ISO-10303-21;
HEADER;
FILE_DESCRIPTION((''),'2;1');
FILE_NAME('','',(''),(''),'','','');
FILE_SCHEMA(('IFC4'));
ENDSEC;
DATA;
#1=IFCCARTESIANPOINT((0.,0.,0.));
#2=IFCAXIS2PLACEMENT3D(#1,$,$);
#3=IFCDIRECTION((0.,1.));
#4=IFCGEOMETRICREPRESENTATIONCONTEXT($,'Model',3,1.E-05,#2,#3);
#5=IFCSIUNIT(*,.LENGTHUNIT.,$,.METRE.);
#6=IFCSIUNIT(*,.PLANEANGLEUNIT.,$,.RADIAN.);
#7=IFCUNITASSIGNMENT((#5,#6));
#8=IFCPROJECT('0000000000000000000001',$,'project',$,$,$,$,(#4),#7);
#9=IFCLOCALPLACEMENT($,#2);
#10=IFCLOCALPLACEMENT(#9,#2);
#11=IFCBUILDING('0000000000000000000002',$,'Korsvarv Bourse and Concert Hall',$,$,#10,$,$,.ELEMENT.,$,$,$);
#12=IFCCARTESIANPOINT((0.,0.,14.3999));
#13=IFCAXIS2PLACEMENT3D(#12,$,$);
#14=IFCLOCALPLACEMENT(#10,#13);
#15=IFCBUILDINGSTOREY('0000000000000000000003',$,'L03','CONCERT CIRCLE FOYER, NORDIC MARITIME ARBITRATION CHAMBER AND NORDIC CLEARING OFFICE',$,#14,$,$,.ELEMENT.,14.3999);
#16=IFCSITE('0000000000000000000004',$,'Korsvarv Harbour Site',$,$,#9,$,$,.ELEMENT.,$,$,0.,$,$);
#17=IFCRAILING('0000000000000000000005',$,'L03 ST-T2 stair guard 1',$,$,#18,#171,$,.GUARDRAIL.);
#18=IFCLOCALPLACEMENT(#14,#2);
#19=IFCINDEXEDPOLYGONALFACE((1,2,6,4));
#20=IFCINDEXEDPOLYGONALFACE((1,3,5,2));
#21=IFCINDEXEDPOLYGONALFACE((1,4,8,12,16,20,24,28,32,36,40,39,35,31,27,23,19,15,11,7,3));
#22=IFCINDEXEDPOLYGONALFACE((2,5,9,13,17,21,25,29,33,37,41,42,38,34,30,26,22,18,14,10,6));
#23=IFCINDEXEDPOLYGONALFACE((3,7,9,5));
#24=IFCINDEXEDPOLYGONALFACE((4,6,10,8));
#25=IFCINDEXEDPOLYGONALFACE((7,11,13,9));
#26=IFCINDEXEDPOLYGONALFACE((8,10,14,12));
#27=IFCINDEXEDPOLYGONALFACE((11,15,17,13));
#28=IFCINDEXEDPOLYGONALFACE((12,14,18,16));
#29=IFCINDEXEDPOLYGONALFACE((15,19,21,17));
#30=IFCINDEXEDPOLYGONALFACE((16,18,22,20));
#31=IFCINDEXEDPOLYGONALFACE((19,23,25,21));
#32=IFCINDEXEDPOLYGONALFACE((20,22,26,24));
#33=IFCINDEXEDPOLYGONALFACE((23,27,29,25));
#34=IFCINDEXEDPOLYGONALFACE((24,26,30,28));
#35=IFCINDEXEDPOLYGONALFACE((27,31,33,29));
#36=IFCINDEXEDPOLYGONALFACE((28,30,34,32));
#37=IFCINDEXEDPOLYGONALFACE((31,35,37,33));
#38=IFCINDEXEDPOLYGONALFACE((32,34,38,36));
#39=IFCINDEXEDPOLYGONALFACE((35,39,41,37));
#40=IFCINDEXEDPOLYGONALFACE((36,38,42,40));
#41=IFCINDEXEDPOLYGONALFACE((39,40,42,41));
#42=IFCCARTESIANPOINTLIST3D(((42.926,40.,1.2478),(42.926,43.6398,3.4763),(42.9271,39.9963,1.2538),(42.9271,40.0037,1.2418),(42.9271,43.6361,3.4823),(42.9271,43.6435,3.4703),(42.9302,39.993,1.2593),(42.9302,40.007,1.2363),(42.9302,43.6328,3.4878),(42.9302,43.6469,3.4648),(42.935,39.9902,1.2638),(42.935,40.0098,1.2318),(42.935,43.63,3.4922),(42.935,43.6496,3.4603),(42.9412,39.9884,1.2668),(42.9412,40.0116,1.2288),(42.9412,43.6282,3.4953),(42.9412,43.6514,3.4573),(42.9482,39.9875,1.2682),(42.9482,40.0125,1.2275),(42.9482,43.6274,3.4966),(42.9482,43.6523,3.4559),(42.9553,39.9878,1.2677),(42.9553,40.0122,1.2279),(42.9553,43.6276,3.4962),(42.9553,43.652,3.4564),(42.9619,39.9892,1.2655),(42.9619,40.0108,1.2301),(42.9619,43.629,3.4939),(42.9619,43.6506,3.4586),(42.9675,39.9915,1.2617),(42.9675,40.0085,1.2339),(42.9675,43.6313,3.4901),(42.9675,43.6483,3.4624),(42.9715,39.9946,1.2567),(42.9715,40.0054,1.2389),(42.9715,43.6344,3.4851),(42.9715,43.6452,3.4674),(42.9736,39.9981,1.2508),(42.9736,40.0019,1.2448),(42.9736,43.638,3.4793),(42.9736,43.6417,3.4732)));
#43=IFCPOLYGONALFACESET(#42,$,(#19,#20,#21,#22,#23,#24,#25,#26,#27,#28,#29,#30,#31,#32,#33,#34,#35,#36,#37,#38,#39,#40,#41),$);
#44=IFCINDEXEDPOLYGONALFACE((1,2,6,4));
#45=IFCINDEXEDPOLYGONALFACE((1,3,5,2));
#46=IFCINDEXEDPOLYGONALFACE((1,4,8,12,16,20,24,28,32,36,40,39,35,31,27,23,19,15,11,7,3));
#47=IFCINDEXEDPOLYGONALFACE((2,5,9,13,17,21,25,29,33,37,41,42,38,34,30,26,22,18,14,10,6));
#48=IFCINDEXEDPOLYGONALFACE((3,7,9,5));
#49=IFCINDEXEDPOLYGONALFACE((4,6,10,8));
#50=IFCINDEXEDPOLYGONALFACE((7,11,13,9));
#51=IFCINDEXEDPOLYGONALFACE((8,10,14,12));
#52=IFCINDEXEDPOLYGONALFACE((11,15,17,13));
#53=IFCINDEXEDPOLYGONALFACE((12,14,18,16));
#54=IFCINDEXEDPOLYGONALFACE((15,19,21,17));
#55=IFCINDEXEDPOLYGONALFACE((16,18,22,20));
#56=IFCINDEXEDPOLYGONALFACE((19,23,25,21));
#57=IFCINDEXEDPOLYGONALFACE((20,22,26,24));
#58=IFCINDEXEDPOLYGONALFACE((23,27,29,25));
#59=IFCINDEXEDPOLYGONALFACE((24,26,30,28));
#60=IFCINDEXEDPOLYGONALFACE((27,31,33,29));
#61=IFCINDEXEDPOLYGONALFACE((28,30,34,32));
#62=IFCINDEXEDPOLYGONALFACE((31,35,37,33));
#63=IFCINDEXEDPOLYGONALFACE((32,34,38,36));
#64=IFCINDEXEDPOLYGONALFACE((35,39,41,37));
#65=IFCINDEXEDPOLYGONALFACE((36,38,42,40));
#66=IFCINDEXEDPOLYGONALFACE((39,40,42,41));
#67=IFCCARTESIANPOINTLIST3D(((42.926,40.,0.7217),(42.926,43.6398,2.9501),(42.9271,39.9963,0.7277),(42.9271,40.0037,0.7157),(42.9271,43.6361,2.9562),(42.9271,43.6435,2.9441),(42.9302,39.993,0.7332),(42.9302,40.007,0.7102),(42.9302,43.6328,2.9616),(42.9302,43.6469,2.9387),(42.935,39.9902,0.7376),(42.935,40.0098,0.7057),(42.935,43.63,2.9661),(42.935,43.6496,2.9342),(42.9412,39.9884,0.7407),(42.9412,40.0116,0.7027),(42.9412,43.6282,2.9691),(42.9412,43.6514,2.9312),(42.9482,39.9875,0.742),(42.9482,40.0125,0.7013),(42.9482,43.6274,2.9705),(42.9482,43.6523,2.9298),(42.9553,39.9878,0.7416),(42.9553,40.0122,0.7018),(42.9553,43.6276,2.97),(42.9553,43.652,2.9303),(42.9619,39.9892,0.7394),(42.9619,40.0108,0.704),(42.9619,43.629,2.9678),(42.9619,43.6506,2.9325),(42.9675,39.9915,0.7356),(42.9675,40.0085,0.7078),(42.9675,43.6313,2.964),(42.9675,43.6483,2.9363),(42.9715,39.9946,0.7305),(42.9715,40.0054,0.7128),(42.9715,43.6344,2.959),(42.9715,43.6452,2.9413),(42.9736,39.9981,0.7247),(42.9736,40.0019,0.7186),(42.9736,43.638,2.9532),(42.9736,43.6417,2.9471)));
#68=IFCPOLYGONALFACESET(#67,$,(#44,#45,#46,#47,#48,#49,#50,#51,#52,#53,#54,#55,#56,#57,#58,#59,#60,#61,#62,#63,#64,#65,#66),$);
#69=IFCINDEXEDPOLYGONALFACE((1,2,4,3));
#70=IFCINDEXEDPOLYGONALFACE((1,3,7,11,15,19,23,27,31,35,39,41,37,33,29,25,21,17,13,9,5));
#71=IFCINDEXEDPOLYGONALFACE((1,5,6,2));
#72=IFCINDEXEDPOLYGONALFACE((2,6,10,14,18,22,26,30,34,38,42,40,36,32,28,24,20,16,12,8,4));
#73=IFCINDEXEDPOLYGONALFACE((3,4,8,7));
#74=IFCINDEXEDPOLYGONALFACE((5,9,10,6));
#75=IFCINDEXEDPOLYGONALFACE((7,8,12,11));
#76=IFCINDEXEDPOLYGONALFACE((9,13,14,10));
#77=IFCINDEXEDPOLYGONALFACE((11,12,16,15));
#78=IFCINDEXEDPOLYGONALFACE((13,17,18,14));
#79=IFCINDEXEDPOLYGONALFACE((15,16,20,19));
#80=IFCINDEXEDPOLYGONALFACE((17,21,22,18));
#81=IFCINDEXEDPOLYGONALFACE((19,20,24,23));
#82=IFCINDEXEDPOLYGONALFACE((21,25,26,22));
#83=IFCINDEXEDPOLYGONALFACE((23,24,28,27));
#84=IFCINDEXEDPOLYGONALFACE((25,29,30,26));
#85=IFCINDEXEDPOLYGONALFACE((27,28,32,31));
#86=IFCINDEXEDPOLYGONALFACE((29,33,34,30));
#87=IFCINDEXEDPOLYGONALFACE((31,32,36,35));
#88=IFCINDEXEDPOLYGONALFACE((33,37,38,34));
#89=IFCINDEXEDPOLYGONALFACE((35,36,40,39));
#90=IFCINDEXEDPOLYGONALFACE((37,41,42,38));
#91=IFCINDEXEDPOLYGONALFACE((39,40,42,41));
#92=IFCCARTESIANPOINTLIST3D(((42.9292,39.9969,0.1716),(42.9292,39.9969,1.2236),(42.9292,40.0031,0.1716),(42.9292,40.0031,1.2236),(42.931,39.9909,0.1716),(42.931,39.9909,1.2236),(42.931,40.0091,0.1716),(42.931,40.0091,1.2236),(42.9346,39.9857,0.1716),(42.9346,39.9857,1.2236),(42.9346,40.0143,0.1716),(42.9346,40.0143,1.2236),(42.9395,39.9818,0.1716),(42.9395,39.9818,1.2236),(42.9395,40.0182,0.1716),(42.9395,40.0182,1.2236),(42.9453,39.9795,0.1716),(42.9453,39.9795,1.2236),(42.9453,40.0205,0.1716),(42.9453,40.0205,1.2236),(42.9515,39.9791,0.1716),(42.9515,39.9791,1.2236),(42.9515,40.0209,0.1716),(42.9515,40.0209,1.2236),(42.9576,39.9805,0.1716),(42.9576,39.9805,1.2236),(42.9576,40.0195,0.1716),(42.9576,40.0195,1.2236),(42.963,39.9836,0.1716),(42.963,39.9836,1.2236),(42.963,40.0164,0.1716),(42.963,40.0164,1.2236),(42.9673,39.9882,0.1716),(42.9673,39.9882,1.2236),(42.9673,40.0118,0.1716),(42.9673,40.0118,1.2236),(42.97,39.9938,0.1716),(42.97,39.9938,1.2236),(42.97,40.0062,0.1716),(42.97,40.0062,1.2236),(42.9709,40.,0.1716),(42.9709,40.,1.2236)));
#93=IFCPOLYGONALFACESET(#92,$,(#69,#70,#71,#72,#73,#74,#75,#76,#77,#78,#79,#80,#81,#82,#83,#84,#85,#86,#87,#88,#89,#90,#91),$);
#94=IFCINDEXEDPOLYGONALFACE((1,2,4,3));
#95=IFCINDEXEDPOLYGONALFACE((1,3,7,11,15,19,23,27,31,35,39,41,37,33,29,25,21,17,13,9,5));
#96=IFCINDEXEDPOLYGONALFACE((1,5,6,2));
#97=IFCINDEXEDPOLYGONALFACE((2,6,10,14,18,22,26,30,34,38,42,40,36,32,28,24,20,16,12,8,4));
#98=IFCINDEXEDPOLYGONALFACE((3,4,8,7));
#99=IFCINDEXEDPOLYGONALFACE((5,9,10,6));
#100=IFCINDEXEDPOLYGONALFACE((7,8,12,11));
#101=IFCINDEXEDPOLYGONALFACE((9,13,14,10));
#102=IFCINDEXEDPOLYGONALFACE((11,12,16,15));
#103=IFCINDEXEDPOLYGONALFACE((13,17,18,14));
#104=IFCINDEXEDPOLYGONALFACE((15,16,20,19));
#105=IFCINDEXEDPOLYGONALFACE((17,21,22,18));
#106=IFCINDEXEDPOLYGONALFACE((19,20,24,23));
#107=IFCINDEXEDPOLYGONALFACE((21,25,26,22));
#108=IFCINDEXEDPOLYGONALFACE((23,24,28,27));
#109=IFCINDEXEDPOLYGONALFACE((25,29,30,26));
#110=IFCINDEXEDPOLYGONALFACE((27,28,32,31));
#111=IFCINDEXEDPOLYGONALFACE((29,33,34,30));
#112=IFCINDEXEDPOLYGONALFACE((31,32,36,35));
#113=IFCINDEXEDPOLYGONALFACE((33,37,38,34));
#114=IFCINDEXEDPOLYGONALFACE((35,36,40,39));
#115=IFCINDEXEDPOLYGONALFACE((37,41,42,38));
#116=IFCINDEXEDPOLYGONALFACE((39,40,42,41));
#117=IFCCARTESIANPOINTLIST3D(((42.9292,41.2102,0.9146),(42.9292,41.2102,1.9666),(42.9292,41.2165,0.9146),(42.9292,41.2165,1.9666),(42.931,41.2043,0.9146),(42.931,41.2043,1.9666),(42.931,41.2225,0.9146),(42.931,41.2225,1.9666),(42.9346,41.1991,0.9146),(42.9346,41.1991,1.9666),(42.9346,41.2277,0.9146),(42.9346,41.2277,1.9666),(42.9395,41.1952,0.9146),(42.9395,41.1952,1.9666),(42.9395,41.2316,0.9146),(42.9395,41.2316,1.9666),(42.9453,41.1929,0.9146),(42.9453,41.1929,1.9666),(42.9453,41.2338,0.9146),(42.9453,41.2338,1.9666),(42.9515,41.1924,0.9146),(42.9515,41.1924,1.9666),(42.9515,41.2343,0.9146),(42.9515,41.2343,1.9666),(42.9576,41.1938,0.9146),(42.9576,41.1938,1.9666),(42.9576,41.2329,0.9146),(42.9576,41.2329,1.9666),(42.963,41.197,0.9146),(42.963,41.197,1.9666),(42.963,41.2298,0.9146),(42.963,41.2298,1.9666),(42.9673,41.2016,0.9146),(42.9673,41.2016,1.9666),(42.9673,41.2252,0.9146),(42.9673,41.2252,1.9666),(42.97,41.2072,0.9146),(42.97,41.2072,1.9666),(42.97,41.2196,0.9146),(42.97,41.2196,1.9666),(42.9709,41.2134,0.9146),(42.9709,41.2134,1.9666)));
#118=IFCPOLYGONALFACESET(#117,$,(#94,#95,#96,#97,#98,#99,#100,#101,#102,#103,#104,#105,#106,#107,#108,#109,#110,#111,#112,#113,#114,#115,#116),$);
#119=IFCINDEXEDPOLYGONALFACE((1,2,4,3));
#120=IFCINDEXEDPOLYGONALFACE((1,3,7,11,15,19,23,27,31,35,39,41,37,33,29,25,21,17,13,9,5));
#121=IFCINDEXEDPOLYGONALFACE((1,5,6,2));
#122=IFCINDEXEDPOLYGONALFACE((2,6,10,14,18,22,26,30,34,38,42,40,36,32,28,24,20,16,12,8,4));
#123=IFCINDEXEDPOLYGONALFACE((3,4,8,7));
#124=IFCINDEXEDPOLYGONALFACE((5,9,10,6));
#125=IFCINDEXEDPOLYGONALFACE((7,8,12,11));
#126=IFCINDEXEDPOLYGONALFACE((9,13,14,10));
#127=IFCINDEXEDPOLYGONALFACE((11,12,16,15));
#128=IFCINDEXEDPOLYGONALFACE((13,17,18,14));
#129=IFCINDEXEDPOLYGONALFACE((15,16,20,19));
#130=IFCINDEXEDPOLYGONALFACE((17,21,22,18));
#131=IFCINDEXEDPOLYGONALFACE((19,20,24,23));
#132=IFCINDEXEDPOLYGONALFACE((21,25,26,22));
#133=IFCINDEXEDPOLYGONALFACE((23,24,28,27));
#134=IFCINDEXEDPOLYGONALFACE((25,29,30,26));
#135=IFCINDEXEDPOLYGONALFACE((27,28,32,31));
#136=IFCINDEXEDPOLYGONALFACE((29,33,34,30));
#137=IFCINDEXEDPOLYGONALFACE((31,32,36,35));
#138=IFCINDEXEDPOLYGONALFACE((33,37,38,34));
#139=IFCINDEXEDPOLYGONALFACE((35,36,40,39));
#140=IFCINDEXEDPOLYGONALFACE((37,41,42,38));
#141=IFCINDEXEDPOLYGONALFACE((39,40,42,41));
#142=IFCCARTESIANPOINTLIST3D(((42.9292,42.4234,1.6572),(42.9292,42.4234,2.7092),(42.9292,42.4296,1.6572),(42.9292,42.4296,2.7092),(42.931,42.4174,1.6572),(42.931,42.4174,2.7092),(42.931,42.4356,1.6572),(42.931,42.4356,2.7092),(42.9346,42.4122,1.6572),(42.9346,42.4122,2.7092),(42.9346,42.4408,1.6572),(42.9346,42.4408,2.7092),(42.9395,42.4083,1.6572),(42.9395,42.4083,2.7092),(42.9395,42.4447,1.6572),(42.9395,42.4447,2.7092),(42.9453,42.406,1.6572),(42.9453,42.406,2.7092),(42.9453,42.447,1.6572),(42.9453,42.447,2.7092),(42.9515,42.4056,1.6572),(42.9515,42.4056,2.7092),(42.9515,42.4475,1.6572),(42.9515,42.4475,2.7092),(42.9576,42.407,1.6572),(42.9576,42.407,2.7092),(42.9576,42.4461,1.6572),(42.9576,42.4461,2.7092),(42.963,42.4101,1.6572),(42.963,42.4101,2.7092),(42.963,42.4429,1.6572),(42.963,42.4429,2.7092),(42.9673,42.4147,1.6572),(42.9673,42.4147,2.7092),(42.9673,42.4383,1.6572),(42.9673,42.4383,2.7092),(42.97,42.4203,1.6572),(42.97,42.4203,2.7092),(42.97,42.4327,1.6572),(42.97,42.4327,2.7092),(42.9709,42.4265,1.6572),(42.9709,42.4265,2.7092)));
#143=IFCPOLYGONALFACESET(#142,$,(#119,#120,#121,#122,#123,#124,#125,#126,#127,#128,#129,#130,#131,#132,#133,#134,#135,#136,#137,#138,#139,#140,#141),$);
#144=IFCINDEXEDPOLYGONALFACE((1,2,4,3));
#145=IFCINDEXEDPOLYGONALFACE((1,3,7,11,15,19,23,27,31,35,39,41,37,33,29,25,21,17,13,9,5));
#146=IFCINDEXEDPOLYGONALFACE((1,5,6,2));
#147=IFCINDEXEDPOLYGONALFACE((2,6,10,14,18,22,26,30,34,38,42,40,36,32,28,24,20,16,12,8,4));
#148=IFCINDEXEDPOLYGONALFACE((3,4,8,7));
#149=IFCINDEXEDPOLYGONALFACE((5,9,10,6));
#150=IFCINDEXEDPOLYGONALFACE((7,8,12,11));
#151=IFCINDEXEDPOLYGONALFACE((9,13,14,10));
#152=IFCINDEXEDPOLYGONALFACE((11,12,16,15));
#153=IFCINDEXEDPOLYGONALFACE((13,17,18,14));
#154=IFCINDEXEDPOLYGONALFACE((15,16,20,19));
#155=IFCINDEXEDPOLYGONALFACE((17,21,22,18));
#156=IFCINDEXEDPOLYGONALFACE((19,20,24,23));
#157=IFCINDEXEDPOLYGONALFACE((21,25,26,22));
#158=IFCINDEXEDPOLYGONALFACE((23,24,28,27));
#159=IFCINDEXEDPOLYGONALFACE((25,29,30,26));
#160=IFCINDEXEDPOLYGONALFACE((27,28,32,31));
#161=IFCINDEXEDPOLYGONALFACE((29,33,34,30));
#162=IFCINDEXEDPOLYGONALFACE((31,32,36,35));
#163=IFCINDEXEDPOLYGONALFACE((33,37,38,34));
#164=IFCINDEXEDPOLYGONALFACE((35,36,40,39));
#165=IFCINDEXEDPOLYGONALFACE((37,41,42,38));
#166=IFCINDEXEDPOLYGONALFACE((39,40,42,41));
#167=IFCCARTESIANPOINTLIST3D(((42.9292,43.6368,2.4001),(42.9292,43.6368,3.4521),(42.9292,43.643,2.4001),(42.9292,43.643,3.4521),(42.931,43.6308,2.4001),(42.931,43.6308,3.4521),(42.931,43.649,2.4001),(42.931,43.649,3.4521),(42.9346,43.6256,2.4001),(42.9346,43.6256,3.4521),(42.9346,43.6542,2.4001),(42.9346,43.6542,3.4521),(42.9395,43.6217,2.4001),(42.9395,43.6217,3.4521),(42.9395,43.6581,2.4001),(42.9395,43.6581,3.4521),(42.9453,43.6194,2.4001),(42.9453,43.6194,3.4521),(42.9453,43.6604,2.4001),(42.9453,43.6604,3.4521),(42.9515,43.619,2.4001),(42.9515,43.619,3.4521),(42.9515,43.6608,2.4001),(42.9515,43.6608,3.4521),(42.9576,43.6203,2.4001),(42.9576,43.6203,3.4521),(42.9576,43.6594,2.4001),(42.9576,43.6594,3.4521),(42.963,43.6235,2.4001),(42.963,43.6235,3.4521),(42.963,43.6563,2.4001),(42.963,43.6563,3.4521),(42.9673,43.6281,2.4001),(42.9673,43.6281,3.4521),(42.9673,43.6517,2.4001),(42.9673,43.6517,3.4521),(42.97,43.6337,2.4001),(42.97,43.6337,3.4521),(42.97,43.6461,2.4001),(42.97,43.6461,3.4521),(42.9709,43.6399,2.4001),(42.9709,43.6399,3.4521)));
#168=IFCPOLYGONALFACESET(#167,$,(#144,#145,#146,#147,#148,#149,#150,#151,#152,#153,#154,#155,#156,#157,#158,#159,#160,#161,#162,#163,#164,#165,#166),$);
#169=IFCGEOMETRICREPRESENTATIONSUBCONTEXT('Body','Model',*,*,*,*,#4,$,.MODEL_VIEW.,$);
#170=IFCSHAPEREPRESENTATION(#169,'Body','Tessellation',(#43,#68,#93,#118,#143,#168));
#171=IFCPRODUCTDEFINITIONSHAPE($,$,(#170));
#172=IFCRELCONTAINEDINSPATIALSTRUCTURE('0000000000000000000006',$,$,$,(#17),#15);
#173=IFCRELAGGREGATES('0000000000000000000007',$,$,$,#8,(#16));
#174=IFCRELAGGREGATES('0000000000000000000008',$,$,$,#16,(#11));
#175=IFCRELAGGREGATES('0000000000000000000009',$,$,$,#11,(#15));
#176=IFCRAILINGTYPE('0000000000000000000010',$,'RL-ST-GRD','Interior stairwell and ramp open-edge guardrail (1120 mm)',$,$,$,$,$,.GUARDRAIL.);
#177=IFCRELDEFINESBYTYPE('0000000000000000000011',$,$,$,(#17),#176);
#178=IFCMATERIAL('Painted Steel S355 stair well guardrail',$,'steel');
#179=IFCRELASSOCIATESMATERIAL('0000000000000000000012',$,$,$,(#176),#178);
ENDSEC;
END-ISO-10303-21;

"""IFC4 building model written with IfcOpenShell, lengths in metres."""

from ifc_helpers import new_model, si_unit, direction, frame, origin, origin_2d, place, context, subcontext, project, spatial, circle, extrude, material, type_object, element, save


model = new_model("IFC4")

# Units and contexts
model_context = context("Model", 3, precision=1e-05, world=origin(), true_north=direction((0.0, 1.0)))
body_context = subcontext(model_context, "Body", "Model", "MODEL_VIEW")
ifc_project = project(units=[si_unit("LENGTHUNIT", "METRE"), si_unit("PLANEANGLEUNIT", "RADIAN")], contexts=[model_context])

# Site, building, storey
site_placement = place(None, origin())
site = spatial("IfcSite", under=ifc_project, at=site_placement, Name="Korsvarv Harbour Site", CompositionType="ELEMENT", RefElevation=0.0)
building_placement = place(site_placement, origin())
building = spatial("IfcBuilding", under=site, at=building_placement, Name="Korsvarv Bourse and Concert Hall", CompositionType="ELEMENT")
storey_placement = place(building_placement, frame((0.0, 0.0, 14.3999)))
storey = spatial("IfcBuildingStorey", under=building, at=storey_placement, Name="L03", Description="CONCERT CIRCLE FOYER, NORDIC MARITIME ARBITRATION CHAMBER AND NORDIC CLEARING OFFICE", CompositionType="ELEMENT", Elevation=14.3999)

# Railing
ifc_material_1 = material(Name="Painted Steel S355 stair well guardrail", Category="steel")
railing_type_1 = type_object("IfcRailingType", Name="RL-ST-GRD", Description="Interior stairwell and ramp open-edge guardrail (1120 mm)", PredefinedType="GUARDRAIL", material=ifc_material_1)
railing_1_placement = place(storey_placement, frame((42.95, 40.0, 0.1716)))
element("IfcRailing", 1, at=railing_1_placement, inside=storey, type_object=railing_type_1, Name="L03 ST-T2 stair guard 1", PredefinedType="GUARDRAIL", context=body_context, shape_type="SweptSolid", body=[
    extrude(circle(Radius=0.0239, at=origin_2d()), frame((0.0, 0.0, 1.0762), z_axis=(0.0, 0.85285, 0.522156), x_axis=(-1.0, 0.0, 0.0)), (0.0, 0.0, 1.0), 4.2678),
    extrude(circle(Radius=0.0239, at=origin_2d()), frame((0.0, 0.0, 0.55), z_axis=(0.0, 0.85285, 0.522156), x_axis=(-1.0, 0.0, 0.0)), (0.0, 0.0, 1.0), 4.2678),
    extrude(circle(Radius=0.021, at=origin_2d()), origin(), (0.0, 0.0, 1.0), 1.052),
    extrude(circle(Radius=0.021, at=origin_2d()), frame((0.0, 1.2134, 0.7429)), (0.0, 0.0, 1.0), 1.052),
    extrude(circle(Radius=0.021, at=origin_2d()), frame((0.0, 2.4265, 1.4856)), (0.0, 0.0, 1.0), 1.052),
    extrude(circle(Radius=0.021, at=origin_2d()), frame((0.0, 3.6399, 2.2285)), (0.0, 0.0, 1.0), 1.052),
])

save(model, "model.ifc")
